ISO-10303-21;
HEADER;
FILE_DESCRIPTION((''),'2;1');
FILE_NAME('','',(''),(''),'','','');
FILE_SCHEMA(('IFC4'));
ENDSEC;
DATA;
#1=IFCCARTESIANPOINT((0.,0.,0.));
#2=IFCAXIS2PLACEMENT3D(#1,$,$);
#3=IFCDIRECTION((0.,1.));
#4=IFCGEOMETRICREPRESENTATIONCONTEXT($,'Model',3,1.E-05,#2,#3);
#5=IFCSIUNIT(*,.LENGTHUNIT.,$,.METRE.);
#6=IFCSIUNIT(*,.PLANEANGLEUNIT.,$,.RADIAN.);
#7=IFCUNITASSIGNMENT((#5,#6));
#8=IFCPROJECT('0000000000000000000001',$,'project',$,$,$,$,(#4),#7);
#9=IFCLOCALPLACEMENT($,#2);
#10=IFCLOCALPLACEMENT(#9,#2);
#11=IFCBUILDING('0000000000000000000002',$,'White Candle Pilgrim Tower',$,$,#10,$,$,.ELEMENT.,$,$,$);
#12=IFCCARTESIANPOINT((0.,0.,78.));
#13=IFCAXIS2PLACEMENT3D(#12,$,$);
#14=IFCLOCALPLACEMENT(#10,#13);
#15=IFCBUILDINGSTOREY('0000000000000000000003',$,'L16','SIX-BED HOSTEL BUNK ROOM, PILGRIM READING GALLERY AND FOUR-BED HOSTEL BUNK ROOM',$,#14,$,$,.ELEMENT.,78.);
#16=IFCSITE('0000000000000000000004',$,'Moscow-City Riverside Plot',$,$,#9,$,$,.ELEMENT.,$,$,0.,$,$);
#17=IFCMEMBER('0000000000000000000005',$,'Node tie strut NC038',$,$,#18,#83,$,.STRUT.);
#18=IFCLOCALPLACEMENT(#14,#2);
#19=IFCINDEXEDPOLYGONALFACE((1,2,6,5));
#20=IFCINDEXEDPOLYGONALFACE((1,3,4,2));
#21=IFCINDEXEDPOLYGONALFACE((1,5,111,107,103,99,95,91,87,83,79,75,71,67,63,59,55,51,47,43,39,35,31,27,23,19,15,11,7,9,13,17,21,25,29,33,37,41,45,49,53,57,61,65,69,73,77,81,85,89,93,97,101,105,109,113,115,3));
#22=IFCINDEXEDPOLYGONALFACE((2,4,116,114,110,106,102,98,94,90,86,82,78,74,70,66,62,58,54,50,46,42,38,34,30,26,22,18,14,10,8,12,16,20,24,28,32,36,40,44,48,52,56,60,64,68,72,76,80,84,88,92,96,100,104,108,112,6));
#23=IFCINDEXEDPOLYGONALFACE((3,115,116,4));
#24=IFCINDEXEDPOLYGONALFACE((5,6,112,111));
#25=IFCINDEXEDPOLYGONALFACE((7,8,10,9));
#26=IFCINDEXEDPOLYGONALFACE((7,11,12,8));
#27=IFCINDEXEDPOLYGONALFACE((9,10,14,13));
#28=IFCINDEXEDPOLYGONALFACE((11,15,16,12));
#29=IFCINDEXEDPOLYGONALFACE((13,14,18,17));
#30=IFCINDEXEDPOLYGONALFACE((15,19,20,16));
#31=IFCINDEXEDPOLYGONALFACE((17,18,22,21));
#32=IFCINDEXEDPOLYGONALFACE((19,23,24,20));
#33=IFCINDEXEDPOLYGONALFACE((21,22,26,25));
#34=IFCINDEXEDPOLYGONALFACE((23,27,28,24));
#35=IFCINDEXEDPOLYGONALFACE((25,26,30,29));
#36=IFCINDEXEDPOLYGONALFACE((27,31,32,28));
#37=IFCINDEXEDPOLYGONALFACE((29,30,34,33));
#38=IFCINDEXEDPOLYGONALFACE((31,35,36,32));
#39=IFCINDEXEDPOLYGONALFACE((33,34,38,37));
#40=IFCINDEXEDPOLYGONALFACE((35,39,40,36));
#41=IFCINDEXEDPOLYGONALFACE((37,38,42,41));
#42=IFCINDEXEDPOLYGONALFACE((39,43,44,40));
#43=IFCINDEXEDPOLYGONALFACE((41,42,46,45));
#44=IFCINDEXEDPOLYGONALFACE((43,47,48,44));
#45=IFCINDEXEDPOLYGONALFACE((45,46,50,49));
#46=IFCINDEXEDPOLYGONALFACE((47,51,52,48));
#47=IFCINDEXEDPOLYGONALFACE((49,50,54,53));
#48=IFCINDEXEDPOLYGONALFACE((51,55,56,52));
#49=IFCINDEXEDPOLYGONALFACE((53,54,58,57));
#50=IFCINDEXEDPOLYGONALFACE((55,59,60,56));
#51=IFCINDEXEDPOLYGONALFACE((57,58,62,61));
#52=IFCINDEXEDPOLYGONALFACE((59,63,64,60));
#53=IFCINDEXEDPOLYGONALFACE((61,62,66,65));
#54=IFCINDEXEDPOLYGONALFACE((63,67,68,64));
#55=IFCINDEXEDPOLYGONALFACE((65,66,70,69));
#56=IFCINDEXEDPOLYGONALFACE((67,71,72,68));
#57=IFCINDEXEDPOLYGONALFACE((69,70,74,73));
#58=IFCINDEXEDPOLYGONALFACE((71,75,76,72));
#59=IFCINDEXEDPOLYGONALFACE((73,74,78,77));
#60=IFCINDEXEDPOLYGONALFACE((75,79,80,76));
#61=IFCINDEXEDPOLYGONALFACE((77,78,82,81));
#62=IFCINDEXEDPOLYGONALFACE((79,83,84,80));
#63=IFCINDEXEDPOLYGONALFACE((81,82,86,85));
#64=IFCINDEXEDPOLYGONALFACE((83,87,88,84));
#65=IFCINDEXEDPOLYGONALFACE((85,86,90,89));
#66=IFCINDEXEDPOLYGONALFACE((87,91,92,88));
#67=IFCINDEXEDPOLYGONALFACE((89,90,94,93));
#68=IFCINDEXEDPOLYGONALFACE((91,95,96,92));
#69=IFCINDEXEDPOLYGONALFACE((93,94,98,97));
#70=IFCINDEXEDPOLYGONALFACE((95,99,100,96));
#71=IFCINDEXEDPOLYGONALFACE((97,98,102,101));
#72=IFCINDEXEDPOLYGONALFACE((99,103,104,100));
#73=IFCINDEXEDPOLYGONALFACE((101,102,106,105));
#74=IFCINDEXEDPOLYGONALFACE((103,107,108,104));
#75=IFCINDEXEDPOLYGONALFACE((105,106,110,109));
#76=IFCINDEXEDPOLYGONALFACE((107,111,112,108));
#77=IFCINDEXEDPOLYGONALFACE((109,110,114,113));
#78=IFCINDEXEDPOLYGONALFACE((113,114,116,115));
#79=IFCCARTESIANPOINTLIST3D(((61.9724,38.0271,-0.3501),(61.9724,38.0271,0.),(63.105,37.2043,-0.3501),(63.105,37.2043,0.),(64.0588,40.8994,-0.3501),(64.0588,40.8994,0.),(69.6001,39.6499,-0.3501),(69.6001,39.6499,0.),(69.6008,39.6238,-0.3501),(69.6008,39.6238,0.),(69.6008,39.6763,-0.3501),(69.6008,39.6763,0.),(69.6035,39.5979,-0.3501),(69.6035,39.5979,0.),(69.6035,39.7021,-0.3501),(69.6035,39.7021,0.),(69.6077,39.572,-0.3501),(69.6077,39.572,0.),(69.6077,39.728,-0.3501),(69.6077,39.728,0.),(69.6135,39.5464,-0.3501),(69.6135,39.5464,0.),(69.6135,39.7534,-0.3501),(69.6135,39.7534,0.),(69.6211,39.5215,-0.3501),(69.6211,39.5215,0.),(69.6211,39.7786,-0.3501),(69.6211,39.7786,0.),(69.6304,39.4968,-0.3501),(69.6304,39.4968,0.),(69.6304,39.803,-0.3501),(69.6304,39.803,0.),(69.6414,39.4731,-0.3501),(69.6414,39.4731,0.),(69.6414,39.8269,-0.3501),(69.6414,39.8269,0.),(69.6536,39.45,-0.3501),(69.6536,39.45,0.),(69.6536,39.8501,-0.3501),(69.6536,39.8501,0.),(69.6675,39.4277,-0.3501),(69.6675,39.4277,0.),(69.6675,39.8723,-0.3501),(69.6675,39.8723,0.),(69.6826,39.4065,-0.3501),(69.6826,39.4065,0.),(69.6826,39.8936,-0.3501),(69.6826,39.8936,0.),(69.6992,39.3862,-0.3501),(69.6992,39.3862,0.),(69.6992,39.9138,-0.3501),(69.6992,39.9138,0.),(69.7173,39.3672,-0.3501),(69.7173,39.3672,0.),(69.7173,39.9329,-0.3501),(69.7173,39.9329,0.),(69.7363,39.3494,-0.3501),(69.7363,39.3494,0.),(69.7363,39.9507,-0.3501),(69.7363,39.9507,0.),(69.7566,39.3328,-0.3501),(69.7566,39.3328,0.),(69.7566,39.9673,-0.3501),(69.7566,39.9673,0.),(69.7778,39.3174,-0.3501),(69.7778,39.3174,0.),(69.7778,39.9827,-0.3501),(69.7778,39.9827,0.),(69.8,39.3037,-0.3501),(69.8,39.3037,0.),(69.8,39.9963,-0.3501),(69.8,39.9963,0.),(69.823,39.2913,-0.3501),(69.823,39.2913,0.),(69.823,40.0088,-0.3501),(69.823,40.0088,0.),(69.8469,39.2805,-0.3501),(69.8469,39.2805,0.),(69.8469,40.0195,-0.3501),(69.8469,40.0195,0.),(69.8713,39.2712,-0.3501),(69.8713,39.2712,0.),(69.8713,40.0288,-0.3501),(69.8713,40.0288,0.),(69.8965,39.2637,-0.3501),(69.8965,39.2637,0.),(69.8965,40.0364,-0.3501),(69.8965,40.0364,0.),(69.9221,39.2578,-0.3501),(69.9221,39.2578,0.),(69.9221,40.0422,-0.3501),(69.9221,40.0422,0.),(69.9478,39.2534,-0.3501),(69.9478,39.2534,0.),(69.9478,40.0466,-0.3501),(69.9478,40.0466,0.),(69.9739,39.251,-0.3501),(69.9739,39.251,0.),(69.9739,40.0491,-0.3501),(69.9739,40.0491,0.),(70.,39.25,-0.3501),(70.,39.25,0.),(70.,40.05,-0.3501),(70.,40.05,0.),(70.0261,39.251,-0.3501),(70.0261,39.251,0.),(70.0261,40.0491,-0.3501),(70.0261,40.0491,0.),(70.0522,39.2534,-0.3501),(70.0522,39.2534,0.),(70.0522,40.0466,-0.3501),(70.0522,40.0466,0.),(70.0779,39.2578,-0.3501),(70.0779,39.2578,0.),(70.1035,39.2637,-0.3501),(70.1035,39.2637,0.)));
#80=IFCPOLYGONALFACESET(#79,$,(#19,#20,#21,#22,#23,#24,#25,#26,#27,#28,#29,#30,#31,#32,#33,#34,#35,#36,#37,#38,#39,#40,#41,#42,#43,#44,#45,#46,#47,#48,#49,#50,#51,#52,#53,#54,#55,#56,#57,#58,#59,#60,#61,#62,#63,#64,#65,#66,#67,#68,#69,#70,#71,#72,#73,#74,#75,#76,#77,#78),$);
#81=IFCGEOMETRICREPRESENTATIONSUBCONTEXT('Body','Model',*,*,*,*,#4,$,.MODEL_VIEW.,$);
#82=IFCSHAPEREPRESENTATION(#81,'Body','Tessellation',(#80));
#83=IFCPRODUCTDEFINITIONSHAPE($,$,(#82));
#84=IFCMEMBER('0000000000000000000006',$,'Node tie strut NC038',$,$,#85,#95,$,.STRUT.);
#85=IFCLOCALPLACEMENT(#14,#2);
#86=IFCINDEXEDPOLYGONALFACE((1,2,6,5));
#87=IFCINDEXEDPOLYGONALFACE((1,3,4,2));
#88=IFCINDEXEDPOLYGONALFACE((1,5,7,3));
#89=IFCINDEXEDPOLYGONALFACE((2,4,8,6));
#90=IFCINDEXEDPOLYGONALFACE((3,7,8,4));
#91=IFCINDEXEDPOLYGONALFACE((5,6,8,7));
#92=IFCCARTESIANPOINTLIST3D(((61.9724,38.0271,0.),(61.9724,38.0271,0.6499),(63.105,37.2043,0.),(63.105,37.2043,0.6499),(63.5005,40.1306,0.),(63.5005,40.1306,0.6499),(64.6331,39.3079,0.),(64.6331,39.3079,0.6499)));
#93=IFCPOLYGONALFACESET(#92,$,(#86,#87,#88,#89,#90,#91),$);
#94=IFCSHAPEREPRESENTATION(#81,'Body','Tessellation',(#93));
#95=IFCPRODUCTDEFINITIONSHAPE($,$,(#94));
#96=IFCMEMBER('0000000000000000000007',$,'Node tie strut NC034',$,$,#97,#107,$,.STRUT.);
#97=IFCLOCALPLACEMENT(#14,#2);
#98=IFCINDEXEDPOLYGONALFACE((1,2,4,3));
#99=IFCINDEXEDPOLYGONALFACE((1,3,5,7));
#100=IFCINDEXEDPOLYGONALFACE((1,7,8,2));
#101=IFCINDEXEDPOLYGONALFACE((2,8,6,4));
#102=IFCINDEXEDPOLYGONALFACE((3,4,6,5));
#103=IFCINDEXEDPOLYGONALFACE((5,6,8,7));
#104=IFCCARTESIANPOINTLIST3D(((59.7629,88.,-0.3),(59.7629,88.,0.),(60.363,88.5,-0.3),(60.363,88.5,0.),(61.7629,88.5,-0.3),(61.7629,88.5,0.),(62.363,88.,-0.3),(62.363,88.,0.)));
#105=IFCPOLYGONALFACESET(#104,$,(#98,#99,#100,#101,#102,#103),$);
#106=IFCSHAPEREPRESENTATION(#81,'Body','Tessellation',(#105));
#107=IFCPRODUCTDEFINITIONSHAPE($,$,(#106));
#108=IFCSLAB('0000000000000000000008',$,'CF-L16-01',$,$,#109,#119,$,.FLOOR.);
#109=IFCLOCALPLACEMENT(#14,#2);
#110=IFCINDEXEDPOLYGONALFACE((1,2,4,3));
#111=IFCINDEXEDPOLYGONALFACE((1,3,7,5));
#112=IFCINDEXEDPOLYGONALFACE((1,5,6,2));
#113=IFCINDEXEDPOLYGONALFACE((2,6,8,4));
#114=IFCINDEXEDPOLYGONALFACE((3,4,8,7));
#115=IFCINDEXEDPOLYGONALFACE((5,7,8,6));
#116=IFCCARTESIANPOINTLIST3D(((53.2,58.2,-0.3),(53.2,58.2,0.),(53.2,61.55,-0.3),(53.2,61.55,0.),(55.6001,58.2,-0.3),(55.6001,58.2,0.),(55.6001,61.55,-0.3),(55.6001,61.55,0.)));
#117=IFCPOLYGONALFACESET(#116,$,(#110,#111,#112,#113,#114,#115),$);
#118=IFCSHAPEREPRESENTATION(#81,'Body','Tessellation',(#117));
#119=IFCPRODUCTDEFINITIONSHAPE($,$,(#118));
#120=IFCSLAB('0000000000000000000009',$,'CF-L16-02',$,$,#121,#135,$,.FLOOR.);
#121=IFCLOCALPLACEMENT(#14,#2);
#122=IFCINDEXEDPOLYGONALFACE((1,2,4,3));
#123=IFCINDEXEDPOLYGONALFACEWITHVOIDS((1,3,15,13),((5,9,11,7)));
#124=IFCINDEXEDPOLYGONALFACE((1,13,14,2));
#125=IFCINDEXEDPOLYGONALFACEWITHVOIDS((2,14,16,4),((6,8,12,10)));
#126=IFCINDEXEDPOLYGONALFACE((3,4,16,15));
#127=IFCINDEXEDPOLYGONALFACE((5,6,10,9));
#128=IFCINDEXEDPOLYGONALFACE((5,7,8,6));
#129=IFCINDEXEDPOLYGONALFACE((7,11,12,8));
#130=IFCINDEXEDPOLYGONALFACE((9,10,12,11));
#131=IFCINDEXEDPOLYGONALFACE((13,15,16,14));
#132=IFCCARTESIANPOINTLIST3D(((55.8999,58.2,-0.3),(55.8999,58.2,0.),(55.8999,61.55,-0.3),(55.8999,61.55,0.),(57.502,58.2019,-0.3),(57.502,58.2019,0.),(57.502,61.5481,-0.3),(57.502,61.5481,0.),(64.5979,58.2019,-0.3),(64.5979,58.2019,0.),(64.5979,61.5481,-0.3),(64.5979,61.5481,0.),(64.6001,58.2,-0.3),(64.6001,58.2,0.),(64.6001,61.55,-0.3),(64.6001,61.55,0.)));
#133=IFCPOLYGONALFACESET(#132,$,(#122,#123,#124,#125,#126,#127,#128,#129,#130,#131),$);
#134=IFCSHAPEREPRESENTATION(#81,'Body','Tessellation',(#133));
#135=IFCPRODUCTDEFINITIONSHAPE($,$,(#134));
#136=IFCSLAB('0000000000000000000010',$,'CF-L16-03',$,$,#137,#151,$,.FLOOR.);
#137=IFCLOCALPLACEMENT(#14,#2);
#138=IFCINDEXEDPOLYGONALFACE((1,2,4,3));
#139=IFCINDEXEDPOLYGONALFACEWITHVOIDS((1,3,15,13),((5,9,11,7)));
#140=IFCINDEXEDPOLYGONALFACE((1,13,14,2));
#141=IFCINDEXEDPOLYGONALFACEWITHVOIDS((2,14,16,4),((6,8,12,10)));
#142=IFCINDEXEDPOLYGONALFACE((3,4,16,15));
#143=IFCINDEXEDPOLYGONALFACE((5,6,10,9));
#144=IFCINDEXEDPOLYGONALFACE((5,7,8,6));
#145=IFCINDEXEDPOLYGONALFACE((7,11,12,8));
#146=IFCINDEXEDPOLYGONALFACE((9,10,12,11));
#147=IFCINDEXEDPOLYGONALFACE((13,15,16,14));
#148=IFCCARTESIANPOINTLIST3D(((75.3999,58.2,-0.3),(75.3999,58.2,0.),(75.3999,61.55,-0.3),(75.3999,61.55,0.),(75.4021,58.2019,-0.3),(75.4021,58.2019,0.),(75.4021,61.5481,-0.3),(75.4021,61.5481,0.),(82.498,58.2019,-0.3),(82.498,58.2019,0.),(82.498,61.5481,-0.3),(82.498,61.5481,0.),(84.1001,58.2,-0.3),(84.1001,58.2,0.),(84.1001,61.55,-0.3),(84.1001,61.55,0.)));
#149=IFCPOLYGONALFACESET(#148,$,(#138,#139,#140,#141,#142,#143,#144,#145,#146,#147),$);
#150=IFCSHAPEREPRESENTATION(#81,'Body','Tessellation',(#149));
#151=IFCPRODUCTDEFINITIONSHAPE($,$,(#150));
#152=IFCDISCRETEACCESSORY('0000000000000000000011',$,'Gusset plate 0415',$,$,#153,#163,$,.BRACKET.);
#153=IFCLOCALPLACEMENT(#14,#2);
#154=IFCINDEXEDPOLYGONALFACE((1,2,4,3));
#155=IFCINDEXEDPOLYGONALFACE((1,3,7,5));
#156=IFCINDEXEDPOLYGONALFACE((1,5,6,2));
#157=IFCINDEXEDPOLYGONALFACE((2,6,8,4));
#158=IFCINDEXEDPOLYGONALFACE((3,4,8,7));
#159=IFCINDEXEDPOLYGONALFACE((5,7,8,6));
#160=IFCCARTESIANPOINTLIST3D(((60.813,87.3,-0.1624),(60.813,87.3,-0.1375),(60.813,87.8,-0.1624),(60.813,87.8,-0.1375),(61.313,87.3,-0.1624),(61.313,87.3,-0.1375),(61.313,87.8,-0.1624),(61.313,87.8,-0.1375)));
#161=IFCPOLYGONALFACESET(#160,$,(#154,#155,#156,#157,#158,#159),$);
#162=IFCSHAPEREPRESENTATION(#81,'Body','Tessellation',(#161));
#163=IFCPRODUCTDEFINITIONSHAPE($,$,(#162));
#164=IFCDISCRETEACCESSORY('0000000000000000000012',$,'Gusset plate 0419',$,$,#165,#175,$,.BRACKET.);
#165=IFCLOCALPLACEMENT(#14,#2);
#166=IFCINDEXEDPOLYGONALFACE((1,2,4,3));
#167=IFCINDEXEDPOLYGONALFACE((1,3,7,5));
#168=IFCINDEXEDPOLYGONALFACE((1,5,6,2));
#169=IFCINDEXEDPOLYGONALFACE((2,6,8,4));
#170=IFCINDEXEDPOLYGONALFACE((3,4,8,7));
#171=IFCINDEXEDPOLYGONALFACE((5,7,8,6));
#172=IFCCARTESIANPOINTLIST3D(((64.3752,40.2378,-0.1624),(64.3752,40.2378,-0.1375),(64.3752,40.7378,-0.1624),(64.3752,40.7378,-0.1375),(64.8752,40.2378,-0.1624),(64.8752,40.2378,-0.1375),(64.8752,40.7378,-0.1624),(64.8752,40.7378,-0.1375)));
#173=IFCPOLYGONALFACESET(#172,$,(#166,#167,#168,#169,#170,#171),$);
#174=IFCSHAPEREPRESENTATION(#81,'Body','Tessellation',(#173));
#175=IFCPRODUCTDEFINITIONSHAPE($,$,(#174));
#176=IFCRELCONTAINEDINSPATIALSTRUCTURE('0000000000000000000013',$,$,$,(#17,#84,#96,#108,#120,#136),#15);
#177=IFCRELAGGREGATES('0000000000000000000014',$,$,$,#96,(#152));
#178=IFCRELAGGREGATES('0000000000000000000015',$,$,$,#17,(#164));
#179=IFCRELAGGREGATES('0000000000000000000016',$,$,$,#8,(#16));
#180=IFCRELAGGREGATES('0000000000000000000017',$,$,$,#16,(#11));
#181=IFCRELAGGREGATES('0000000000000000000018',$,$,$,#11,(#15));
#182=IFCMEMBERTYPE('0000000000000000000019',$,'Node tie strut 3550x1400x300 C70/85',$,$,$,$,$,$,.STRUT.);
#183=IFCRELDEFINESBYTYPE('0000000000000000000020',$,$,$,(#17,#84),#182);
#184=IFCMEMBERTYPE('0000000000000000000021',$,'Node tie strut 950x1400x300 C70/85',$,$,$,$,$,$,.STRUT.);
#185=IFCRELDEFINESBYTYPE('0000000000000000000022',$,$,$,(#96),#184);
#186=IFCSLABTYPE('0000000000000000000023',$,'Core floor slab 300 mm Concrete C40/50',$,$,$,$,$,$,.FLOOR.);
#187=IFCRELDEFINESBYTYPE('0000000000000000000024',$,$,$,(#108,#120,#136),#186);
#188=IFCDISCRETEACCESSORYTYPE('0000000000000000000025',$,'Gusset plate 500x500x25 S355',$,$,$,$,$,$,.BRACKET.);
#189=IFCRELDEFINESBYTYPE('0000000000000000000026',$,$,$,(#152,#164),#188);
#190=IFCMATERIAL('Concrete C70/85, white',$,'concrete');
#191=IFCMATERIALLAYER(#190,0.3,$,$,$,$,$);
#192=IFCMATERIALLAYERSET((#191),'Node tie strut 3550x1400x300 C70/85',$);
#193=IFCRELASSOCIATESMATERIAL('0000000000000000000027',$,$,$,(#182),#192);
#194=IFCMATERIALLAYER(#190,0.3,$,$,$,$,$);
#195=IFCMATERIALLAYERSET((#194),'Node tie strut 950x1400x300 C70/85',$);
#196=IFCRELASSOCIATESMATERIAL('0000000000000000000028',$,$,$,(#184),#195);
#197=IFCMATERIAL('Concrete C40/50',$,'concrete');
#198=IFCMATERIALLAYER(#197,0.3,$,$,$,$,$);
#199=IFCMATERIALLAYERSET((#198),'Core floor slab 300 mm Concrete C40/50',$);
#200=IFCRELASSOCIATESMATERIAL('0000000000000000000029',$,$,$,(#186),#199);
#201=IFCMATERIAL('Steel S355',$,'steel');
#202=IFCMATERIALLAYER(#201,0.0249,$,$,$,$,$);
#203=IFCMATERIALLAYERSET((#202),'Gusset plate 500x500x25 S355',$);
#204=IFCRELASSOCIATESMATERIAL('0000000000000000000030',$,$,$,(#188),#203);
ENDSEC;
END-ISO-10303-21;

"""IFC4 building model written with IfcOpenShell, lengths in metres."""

from ifc_helpers import new_model, si_unit, direction, frame, origin, origin_2d, place, context, subcontext, project, spatial, polyline, rectangle, outline, extrude, material, layer, layer_set, type_object, element, aggregate, save


model = new_model("IFC4")

# Units and contexts
model_context = context("Model", 3, precision=1e-05, world=origin(), true_north=direction((0.0, 1.0)))
body_context = subcontext(model_context, "Body", "Model", "MODEL_VIEW")
ifc_project = project(units=[si_unit("LENGTHUNIT", "METRE"), si_unit("PLANEANGLEUNIT", "RADIAN")], contexts=[model_context])

# Site, building, storey
site_placement = place(None, origin())
site = spatial("IfcSite", under=ifc_project, at=site_placement, Name="Moscow-City Riverside Plot", CompositionType="ELEMENT", RefElevation=0.0)
building_placement = place(site_placement, origin())
building = spatial("IfcBuilding", under=site, at=building_placement, Name="White Candle Pilgrim Tower", CompositionType="ELEMENT")
storey_placement = place(building_placement, frame((0.0, 0.0, 78.0)))
storey = spatial("IfcBuildingStorey", under=building, at=storey_placement, Name="L16", Description="SIX-BED HOSTEL BUNK ROOM, PILGRIM READING GALLERY AND FOUR-BED HOSTEL BUNK ROOM", CompositionType="ELEMENT", Elevation=78.0)

# Members
ifc_material_1 = material(Name="Concrete C70/85, white", Category="concrete")
ifc_layer_1 = layer(ifc_material_1, 0.3)
ifc_layer_set_1 = layer_set([ifc_layer_1], Name="Node tie strut 3550x1400x300 C70/85")
member_type_1 = type_object("IfcMemberType", Name="Node tie strut 3550x1400x300 C70/85", PredefinedType="STRUT", material=ifc_layer_set_1)
member_1_placement = place(storey_placement, frame((0.0, 0.0, -0.3501)))
member_1 = element("IfcMember", 1, at=member_1_placement, inside=storey, type_object=member_type_1, Name="Node tie strut NC038", PredefinedType="STRUT", context=body_context, shape_type="SweptSolid", body=[
    extrude(outline(polyline([(63.105, 37.2043), (70.1035, 39.2637), (70.0779, 39.2578), (70.0522, 39.2534), (70.0261, 39.251), (70.0, 39.25), (69.9739, 39.251), (69.9478, 39.2534), (69.9221, 39.2578), (69.8965, 39.2637), (69.8713, 39.2712), (69.8469, 39.2805), (69.823, 39.2913), (69.8, 39.3037), (69.7778, 39.3174), (69.7566, 39.3328), (69.7363, 39.3494), (69.7173, 39.3672), (69.6992, 39.3862), (69.6826, 39.4065), (69.6675, 39.4277), (69.6536, 39.45), (69.6414, 39.4731), (69.6304, 39.4968), (69.6211, 39.5215), (69.6135, 39.5464), (69.6077, 39.572), (69.6035, 39.5979), (69.6008, 39.6238), (69.6001, 39.6499), (69.6008, 39.6763), (69.6035, 39.7021), (69.6077, 39.728), (69.6135, 39.7534), (69.6211, 39.7786), (69.6304, 39.803), (69.6414, 39.8269), (69.6536, 39.8501), (69.6675, 39.8723), (69.6826, 39.8936), (69.6992, 39.9138), (69.7173, 39.9329), (69.7363, 39.9507), (69.7566, 39.9673), (69.7778, 39.9827), (69.8, 39.9963), (69.823, 40.0088), (69.8469, 40.0195), (69.8713, 40.0288), (69.8965, 40.0364), (69.9221, 40.0422), (69.9478, 40.0466), (69.9739, 40.0491), (70.0, 40.05), (70.0261, 40.0491), (70.0522, 40.0466), (64.0588, 40.8994), (61.9724, 38.0271), (63.105, 37.2043)])), origin(), (0.0, 0.0, 1.0), 0.3501),
])
member_2_placement = place(storey_placement, origin())
element("IfcMember", 2, at=member_2_placement, inside=storey, type_object=member_type_1, Name="Node tie strut NC038", PredefinedType="STRUT", context=body_context, shape_type="SweptSolid", body=[
    extrude(outline(polyline([(63.105, 37.2043), (64.6331, 39.3079), (63.5005, 40.1306), (61.9724, 38.0271), (63.105, 37.2043)])), origin(), (0.0, 0.0, 1.0), 0.6499),
])
ifc_layer_2 = layer(ifc_material_1, 0.3)
ifc_layer_set_2 = layer_set([ifc_layer_2], Name="Node tie strut 950x1400x300 C70/85")
member_type_2 = type_object("IfcMemberType", Name="Node tie strut 950x1400x300 C70/85", PredefinedType="STRUT", material=ifc_layer_set_2)
member_3_placement = place(storey_placement, frame((0.0, 0.0, -0.3)))
member_3 = element("IfcMember", 3, at=member_3_placement, inside=storey, type_object=member_type_2, Name="Node tie strut NC034", PredefinedType="STRUT", context=body_context, shape_type="SweptSolid", body=[
    extrude(outline(polyline([(59.7629, 88.0), (62.363, 88.0), (61.7629, 88.5), (60.363, 88.5), (59.7629, 88.0)])), origin(), (0.0, 0.0, 1.0), 0.3),
])

# Slabs
ifc_material_2 = material(Name="Concrete C40/50", Category="concrete")
ifc_layer_3 = layer(ifc_material_2, 0.3)
ifc_layer_set_3 = layer_set([ifc_layer_3], Name="Core floor slab 300 mm Concrete C40/50")
slab_type_1 = type_object("IfcSlabType", Name="Core floor slab 300 mm Concrete C40/50", PredefinedType="FLOOR", material=ifc_layer_set_3)
slab_1_placement = place(storey_placement, frame((0.0, 0.0, -0.3)))
element("IfcSlab", 4, at=slab_1_placement, inside=storey, type_object=slab_type_1, Name="CF-L16-01", PredefinedType="FLOOR", context=body_context, shape_type="SweptSolid", body=[
    extrude(outline(polyline([(55.6001, 58.2), (53.2, 58.2), (53.2, 61.55), (55.6001, 61.55), (55.6001, 58.2)])), origin(), (0.0, 0.0, 1.0), 0.3),
])
slab_2_placement = place(storey_placement, frame((0.0, 0.0, -0.3)))
element("IfcSlab", 5, at=slab_2_placement, inside=storey, type_object=slab_type_1, Name="CF-L16-02", PredefinedType="FLOOR", context=body_context, shape_type="SweptSolid", body=[
    extrude(outline(polyline([(55.8999, 58.2), (55.8999, 61.55), (64.6001, 61.55), (64.6001, 58.2), (55.8999, 58.2)]), holes=[polyline([(57.502, 61.5481), (57.502, 58.2019), (64.5979, 58.2019), (64.5979, 61.5481), (57.502, 61.5481)])]), origin(), (0.0, 0.0, 1.0), 0.3),
])
slab_3_placement = place(storey_placement, frame((0.0, 0.0, -0.3)))
element("IfcSlab", 6, at=slab_3_placement, inside=storey, type_object=slab_type_1, Name="CF-L16-03", PredefinedType="FLOOR", context=body_context, shape_type="SweptSolid", body=[
    extrude(outline(polyline([(75.3999, 58.2), (75.3999, 61.55), (84.1001, 61.55), (84.1001, 58.2), (75.3999, 58.2)]), holes=[polyline([(82.498, 58.2019), (82.498, 61.5481), (75.4021, 61.5481), (75.4021, 58.2019), (82.498, 58.2019)])]), origin(), (0.0, 0.0, 1.0), 0.3),
])

# Discrete accessories
ifc_material_3 = material(Name="Steel S355", Category="steel")
ifc_layer_4 = layer(ifc_material_3, 0.0249)
ifc_layer_set_4 = layer_set([ifc_layer_4], Name="Gusset plate 500x500x25 S355")
discrete_accessory_type = type_object("IfcDiscreteAccessoryType", Name="Gusset plate 500x500x25 S355", PredefinedType="BRACKET", material=ifc_layer_set_4)
discrete_accessory_1_placement = place(storey_placement, frame((61.063, 87.55, -0.1624), z_axis=(0.0, 0.0, 1.0), x_axis=(1.0, 0.0, 0.0)))
discrete_accessory_1 = element("IfcDiscreteAccessory", 7, at=discrete_accessory_1_placement, type_object=discrete_accessory_type, Name="Gusset plate 0415", PredefinedType="BRACKET", context=body_context, shape_type="SweptSolid", body=[
    extrude(rectangle(XDim=0.5, YDim=0.5, at=origin_2d()), origin(), (0.0, 0.0, 1.0), 0.0249),
])
aggregate(member_3, [discrete_accessory_1])
discrete_accessory_2_placement = place(storey_placement, frame((64.6252, 40.4878, -0.1624), z_axis=(0.0, 0.0, 1.0), x_axis=(1.0, 0.0, 0.0)))
discrete_accessory_2 = element("IfcDiscreteAccessory", 8, at=discrete_accessory_2_placement, type_object=discrete_accessory_type, Name="Gusset plate 0419", PredefinedType="BRACKET", context=body_context, shape_type="SweptSolid", body=[
    extrude(rectangle(XDim=0.5, YDim=0.5, at=origin_2d()), origin(), (0.0, 0.0, 1.0), 0.0249),
])
aggregate(member_1, [discrete_accessory_2])

save(model, "model.ifc")
